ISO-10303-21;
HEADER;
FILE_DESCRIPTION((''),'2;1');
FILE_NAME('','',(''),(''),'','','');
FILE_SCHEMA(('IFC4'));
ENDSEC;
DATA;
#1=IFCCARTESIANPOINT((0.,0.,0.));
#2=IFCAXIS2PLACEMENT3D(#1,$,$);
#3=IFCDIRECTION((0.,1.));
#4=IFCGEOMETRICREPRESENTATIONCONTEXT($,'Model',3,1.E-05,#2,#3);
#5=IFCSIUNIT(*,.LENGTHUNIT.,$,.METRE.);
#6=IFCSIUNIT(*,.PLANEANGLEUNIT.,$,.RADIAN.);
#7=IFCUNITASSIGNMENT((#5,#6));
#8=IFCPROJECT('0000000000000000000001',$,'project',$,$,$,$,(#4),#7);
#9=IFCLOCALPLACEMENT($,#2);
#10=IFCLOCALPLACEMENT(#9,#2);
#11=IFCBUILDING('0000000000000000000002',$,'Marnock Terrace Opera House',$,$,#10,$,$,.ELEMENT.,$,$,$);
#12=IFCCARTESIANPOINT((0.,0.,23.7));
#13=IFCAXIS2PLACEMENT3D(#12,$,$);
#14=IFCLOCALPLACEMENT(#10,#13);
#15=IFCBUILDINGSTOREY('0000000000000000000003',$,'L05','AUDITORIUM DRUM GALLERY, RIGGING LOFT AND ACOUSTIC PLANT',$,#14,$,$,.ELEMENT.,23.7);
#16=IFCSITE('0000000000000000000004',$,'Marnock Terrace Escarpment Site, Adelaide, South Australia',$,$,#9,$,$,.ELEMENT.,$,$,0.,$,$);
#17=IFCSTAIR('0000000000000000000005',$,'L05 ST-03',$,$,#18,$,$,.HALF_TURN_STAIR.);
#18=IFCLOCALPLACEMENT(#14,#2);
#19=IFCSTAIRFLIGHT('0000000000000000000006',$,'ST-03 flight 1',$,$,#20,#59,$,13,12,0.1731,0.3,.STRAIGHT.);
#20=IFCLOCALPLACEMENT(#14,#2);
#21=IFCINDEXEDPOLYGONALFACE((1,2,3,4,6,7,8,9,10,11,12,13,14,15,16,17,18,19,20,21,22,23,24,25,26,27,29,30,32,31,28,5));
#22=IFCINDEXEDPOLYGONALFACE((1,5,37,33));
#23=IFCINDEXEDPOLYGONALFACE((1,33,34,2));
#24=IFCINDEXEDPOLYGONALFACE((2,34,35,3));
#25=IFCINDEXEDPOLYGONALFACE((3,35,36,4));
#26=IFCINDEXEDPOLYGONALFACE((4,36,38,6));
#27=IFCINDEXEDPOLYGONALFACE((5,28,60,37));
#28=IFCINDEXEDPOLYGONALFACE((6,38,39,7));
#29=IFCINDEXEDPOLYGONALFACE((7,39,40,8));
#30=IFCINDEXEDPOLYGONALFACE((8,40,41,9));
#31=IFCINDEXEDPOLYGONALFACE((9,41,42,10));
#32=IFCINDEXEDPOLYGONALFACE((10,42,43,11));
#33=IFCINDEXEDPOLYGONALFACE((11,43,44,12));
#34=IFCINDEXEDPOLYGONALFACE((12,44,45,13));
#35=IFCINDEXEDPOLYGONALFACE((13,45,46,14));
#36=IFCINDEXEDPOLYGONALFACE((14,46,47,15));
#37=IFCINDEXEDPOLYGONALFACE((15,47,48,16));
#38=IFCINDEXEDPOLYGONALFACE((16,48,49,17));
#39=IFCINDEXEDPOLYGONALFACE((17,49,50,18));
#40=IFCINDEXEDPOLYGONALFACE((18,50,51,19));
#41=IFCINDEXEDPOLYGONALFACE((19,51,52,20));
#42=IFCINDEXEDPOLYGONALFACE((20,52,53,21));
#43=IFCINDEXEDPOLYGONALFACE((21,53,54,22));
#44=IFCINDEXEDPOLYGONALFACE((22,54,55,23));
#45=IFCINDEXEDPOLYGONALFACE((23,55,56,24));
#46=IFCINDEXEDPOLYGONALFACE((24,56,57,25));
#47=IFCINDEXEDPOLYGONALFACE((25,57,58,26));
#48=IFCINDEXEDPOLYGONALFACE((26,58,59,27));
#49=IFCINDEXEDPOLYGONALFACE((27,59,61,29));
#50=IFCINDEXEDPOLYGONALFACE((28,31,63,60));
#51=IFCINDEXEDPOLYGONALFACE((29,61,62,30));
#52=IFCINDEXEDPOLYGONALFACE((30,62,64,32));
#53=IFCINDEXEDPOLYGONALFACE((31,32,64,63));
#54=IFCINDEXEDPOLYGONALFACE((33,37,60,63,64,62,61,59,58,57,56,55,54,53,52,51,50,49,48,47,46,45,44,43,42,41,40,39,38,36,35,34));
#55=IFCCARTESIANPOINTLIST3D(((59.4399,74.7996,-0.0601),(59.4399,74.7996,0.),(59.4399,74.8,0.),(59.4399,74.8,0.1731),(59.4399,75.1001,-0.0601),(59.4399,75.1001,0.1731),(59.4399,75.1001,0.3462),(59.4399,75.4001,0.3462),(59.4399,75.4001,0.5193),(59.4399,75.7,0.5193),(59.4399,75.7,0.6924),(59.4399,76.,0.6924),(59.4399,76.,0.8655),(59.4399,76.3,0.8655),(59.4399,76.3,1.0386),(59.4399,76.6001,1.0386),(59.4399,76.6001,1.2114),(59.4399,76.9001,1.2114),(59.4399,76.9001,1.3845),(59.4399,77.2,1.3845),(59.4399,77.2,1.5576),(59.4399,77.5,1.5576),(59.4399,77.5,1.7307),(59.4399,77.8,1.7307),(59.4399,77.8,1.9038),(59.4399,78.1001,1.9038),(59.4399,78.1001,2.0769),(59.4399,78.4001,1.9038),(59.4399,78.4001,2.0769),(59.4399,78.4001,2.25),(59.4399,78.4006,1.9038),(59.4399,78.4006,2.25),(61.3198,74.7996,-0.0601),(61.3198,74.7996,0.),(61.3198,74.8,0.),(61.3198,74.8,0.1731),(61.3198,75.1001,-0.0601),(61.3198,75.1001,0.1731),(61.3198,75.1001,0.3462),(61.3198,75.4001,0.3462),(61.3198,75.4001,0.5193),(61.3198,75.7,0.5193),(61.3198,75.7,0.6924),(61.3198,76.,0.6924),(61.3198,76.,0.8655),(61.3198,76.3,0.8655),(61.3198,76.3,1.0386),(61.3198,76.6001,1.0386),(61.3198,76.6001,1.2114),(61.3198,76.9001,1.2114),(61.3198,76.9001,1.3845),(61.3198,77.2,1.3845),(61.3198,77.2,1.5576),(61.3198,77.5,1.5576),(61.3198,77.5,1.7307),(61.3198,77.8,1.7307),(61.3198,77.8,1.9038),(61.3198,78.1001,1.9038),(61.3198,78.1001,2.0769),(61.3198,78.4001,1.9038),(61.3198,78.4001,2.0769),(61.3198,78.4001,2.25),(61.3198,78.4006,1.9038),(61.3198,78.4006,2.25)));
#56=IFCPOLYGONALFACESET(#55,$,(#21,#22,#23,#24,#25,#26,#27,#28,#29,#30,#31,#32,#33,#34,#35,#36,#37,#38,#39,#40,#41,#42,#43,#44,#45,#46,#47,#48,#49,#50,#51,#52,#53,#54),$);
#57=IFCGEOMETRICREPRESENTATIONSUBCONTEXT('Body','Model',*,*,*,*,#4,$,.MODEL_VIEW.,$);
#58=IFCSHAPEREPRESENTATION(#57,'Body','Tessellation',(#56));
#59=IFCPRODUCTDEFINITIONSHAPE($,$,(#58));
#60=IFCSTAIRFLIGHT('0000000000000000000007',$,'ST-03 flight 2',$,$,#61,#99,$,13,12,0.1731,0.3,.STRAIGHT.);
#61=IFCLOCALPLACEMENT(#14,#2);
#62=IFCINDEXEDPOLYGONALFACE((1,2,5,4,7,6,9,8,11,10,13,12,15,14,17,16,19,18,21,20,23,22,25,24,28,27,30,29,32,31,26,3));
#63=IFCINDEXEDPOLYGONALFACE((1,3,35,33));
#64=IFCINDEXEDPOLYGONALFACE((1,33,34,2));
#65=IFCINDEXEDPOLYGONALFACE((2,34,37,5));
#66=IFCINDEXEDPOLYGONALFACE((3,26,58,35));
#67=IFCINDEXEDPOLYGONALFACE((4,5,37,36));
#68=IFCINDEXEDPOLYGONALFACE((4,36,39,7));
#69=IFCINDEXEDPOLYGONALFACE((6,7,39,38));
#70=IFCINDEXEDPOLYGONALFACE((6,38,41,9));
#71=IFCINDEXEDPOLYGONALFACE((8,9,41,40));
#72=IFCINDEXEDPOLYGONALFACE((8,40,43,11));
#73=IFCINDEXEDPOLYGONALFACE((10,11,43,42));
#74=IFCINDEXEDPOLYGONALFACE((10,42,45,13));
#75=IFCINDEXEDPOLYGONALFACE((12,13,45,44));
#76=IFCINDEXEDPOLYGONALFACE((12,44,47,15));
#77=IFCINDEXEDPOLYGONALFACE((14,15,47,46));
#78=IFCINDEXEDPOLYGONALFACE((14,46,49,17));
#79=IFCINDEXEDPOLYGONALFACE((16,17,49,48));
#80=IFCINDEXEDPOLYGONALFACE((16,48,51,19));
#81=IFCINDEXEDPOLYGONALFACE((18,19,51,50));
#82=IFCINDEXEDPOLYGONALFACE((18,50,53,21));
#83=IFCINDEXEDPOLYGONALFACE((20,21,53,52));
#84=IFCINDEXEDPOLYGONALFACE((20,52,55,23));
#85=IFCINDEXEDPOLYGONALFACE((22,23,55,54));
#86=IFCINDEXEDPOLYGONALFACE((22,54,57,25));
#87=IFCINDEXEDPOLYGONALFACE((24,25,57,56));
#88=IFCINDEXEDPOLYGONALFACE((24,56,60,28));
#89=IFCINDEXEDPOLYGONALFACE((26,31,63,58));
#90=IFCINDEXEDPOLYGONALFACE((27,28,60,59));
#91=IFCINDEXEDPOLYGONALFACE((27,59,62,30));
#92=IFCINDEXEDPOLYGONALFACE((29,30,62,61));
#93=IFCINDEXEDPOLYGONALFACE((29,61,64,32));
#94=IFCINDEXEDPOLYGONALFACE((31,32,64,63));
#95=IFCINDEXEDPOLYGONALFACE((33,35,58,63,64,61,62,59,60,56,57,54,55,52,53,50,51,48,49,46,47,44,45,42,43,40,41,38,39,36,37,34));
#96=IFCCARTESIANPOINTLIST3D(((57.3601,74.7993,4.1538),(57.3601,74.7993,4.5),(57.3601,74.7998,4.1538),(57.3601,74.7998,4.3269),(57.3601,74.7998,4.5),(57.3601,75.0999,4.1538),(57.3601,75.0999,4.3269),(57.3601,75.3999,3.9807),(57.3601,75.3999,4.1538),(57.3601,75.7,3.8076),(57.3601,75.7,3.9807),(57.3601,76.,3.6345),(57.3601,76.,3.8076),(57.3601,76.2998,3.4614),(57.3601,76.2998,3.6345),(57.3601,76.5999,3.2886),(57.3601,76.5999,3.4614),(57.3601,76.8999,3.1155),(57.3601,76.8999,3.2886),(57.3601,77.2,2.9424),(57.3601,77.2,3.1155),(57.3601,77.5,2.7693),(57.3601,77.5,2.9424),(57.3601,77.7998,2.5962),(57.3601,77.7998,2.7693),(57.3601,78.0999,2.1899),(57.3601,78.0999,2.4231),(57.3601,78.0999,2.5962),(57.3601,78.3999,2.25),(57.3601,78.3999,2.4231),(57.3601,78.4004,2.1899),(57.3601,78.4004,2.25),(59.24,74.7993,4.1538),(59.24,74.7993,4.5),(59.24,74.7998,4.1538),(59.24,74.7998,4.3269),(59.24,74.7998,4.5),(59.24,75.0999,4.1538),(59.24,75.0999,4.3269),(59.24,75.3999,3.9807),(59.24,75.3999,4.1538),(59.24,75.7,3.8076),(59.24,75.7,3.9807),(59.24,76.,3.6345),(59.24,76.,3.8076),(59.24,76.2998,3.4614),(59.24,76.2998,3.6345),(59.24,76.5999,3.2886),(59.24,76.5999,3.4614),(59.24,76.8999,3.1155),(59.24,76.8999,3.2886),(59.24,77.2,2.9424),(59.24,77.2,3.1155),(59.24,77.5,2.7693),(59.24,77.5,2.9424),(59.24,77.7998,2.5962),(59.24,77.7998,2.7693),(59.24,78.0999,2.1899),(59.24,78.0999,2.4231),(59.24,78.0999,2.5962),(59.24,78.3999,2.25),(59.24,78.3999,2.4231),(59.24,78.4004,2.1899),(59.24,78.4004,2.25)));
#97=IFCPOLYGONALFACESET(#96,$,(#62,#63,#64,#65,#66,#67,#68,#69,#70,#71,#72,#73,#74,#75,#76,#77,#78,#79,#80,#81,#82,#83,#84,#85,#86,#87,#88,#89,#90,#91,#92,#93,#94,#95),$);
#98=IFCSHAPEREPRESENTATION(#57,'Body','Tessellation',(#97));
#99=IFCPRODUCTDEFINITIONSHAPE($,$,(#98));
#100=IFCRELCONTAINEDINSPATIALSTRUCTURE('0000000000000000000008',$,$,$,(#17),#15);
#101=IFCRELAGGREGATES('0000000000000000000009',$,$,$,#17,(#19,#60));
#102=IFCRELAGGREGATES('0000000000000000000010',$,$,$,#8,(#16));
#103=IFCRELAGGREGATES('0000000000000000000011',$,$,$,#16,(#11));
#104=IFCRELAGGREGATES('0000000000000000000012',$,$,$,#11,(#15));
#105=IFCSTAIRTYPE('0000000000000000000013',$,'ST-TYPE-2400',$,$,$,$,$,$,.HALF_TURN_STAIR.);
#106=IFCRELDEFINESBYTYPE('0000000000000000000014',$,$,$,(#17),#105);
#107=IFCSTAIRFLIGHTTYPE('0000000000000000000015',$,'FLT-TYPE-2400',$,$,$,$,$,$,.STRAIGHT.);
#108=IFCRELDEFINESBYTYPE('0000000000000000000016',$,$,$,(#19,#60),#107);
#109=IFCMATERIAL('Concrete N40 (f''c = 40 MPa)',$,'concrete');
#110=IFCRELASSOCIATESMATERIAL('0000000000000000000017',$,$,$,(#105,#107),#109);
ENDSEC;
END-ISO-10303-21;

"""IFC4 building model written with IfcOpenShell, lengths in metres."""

from ifc_helpers import new_model, si_unit, direction, frame, origin, place, context, subcontext, project, spatial, polyline, outline, extrude, material, type_object, element, aggregate, save


model = new_model("IFC4")

# Units and contexts
model_context = context("Model", 3, precision=1e-05, world=origin(), true_north=direction((0.0, 1.0)))
body_context = subcontext(model_context, "Body", "Model", "MODEL_VIEW")
ifc_project = project(units=[si_unit("LENGTHUNIT", "METRE"), si_unit("PLANEANGLEUNIT", "RADIAN")], contexts=[model_context])

# Site, building, storey
site_placement = place(None, origin())
site = spatial("IfcSite", under=ifc_project, at=site_placement, Name="Marnock Terrace Escarpment Site, Adelaide, South Australia", CompositionType="ELEMENT", RefElevation=0.0)
building_placement = place(site_placement, origin())
building = spatial("IfcBuilding", under=site, at=building_placement, Name="Marnock Terrace Opera House", CompositionType="ELEMENT")
storey_placement = place(building_placement, frame((0.0, 0.0, 23.7)))
storey = spatial("IfcBuildingStorey", under=building, at=storey_placement, Name="L05", Description="AUDITORIUM DRUM GALLERY, RIGGING LOFT AND ACOUSTIC PLANT", CompositionType="ELEMENT", Elevation=23.7)

# Shared definitions
ifc_material_1 = material(Name="Concrete N40 (f'c = 40 MPa)", Category="concrete")

# Stair, stair flights
stair_type = type_object("IfcStairType", Name="ST-TYPE-2400", PredefinedType="HALF_TURN_STAIR", material=ifc_material_1)
stair_placement = place(storey_placement, origin())
stair = element("IfcStair", 1, at=stair_placement, inside=storey, type_object=stair_type, Name="L05 ST-03", PredefinedType="HALF_TURN_STAIR")
stair_flight_type = type_object("IfcStairFlightType", Name="FLT-TYPE-2400", PredefinedType="STRAIGHT", material=ifc_material_1)
stair_flight_1_placement = place(storey_placement, frame((60.3799, 74.8, 0.0), z_axis=(0.0, 0.0, 1.0), x_axis=(0.0, 1.0, 0.0)))
stair_flight_1 = element("IfcStairFlight", 2, at=stair_flight_1_placement, type_object=stair_flight_type, Name="ST-03 flight 1", NumberOfRisers=13, NumberOfTreads=12, PredefinedType="STRAIGHT", RiserHeight=0.1731, TreadLength=0.3, context=body_context, shape_type="SweptSolid", body=[
    extrude(outline(polyline([(-0.0005, -0.0601), (-0.0005, 0.0), (0.0, 0.0), (0.0, 0.1731), (0.3, 0.1731), (0.3, 0.3462), (0.6001, 0.3462), (0.6001, 0.5193), (0.8999, 0.5193), (0.8999, 0.6924), (1.2, 0.6924), (1.2, 0.8655), (1.5, 0.8655), (1.5, 1.0386), (1.8, 1.0386), (1.8, 1.2114), (2.1001, 1.2114), (2.1001, 1.3845), (2.3999, 1.3845), (2.3999, 1.5576), (2.7, 1.5576), (2.7, 1.7307), (3.0, 1.7307), (3.0, 1.9038), (3.3, 1.9038), (3.3, 2.0769), (3.6001, 2.0769), (3.6001, 2.25), (3.6006, 2.25), (3.6006, 1.9038), (3.6001, 1.9038), (0.3, -0.0601), (-0.0005, -0.0601)])), frame((0.0, 0.9399, 0.0), z_axis=(0.0, -1.0, 0.0), x_axis=(1.0, 0.0, 0.0)), (0.0, 0.0, 1.0), 1.8799),
])
stair_flight_2_placement = place(storey_placement, frame((58.3, 78.3999, 2.25), z_axis=(0.0, 0.0, 1.0), x_axis=(0.0, -1.0, 0.0)))
stair_flight_2 = element("IfcStairFlight", 3, at=stair_flight_2_placement, type_object=stair_flight_type, Name="ST-03 flight 2", NumberOfRisers=13, NumberOfTreads=12, PredefinedType="STRAIGHT", RiserHeight=0.1731, TreadLength=0.3, context=body_context, shape_type="SweptSolid", body=[
    extrude(outline(polyline([(-0.0005, -0.0601), (-0.0005, 0.0), (0.0, 0.0), (0.0, 0.1731), (0.3, 0.1731), (0.3, 0.3462), (0.6001, 0.3462), (0.6001, 0.5193), (0.8999, 0.5193), (0.8999, 0.6924), (1.2, 0.6924), (1.2, 0.8655), (1.5, 0.8655), (1.5, 1.0386), (1.8, 1.0386), (1.8, 1.2114), (2.1001, 1.2114), (2.1001, 1.3845), (2.3999, 1.3845), (2.3999, 1.5576), (2.7, 1.5576), (2.7, 1.7307), (3.0, 1.7307), (3.0, 1.9038), (3.3, 1.9038), (3.3, 2.0769), (3.6001, 2.0769), (3.6001, 2.25), (3.6006, 2.25), (3.6006, 1.9038), (3.6001, 1.9038), (0.3, -0.0601), (-0.0005, -0.0601)])), frame((0.0, 0.9399, 0.0), z_axis=(0.0, -1.0, 0.0), x_axis=(1.0, 0.0, 0.0)), (0.0, 0.0, 1.0), 1.8799),
])
aggregate(stair, [stair_flight_1, stair_flight_2])

save(model, "model.ifc")
